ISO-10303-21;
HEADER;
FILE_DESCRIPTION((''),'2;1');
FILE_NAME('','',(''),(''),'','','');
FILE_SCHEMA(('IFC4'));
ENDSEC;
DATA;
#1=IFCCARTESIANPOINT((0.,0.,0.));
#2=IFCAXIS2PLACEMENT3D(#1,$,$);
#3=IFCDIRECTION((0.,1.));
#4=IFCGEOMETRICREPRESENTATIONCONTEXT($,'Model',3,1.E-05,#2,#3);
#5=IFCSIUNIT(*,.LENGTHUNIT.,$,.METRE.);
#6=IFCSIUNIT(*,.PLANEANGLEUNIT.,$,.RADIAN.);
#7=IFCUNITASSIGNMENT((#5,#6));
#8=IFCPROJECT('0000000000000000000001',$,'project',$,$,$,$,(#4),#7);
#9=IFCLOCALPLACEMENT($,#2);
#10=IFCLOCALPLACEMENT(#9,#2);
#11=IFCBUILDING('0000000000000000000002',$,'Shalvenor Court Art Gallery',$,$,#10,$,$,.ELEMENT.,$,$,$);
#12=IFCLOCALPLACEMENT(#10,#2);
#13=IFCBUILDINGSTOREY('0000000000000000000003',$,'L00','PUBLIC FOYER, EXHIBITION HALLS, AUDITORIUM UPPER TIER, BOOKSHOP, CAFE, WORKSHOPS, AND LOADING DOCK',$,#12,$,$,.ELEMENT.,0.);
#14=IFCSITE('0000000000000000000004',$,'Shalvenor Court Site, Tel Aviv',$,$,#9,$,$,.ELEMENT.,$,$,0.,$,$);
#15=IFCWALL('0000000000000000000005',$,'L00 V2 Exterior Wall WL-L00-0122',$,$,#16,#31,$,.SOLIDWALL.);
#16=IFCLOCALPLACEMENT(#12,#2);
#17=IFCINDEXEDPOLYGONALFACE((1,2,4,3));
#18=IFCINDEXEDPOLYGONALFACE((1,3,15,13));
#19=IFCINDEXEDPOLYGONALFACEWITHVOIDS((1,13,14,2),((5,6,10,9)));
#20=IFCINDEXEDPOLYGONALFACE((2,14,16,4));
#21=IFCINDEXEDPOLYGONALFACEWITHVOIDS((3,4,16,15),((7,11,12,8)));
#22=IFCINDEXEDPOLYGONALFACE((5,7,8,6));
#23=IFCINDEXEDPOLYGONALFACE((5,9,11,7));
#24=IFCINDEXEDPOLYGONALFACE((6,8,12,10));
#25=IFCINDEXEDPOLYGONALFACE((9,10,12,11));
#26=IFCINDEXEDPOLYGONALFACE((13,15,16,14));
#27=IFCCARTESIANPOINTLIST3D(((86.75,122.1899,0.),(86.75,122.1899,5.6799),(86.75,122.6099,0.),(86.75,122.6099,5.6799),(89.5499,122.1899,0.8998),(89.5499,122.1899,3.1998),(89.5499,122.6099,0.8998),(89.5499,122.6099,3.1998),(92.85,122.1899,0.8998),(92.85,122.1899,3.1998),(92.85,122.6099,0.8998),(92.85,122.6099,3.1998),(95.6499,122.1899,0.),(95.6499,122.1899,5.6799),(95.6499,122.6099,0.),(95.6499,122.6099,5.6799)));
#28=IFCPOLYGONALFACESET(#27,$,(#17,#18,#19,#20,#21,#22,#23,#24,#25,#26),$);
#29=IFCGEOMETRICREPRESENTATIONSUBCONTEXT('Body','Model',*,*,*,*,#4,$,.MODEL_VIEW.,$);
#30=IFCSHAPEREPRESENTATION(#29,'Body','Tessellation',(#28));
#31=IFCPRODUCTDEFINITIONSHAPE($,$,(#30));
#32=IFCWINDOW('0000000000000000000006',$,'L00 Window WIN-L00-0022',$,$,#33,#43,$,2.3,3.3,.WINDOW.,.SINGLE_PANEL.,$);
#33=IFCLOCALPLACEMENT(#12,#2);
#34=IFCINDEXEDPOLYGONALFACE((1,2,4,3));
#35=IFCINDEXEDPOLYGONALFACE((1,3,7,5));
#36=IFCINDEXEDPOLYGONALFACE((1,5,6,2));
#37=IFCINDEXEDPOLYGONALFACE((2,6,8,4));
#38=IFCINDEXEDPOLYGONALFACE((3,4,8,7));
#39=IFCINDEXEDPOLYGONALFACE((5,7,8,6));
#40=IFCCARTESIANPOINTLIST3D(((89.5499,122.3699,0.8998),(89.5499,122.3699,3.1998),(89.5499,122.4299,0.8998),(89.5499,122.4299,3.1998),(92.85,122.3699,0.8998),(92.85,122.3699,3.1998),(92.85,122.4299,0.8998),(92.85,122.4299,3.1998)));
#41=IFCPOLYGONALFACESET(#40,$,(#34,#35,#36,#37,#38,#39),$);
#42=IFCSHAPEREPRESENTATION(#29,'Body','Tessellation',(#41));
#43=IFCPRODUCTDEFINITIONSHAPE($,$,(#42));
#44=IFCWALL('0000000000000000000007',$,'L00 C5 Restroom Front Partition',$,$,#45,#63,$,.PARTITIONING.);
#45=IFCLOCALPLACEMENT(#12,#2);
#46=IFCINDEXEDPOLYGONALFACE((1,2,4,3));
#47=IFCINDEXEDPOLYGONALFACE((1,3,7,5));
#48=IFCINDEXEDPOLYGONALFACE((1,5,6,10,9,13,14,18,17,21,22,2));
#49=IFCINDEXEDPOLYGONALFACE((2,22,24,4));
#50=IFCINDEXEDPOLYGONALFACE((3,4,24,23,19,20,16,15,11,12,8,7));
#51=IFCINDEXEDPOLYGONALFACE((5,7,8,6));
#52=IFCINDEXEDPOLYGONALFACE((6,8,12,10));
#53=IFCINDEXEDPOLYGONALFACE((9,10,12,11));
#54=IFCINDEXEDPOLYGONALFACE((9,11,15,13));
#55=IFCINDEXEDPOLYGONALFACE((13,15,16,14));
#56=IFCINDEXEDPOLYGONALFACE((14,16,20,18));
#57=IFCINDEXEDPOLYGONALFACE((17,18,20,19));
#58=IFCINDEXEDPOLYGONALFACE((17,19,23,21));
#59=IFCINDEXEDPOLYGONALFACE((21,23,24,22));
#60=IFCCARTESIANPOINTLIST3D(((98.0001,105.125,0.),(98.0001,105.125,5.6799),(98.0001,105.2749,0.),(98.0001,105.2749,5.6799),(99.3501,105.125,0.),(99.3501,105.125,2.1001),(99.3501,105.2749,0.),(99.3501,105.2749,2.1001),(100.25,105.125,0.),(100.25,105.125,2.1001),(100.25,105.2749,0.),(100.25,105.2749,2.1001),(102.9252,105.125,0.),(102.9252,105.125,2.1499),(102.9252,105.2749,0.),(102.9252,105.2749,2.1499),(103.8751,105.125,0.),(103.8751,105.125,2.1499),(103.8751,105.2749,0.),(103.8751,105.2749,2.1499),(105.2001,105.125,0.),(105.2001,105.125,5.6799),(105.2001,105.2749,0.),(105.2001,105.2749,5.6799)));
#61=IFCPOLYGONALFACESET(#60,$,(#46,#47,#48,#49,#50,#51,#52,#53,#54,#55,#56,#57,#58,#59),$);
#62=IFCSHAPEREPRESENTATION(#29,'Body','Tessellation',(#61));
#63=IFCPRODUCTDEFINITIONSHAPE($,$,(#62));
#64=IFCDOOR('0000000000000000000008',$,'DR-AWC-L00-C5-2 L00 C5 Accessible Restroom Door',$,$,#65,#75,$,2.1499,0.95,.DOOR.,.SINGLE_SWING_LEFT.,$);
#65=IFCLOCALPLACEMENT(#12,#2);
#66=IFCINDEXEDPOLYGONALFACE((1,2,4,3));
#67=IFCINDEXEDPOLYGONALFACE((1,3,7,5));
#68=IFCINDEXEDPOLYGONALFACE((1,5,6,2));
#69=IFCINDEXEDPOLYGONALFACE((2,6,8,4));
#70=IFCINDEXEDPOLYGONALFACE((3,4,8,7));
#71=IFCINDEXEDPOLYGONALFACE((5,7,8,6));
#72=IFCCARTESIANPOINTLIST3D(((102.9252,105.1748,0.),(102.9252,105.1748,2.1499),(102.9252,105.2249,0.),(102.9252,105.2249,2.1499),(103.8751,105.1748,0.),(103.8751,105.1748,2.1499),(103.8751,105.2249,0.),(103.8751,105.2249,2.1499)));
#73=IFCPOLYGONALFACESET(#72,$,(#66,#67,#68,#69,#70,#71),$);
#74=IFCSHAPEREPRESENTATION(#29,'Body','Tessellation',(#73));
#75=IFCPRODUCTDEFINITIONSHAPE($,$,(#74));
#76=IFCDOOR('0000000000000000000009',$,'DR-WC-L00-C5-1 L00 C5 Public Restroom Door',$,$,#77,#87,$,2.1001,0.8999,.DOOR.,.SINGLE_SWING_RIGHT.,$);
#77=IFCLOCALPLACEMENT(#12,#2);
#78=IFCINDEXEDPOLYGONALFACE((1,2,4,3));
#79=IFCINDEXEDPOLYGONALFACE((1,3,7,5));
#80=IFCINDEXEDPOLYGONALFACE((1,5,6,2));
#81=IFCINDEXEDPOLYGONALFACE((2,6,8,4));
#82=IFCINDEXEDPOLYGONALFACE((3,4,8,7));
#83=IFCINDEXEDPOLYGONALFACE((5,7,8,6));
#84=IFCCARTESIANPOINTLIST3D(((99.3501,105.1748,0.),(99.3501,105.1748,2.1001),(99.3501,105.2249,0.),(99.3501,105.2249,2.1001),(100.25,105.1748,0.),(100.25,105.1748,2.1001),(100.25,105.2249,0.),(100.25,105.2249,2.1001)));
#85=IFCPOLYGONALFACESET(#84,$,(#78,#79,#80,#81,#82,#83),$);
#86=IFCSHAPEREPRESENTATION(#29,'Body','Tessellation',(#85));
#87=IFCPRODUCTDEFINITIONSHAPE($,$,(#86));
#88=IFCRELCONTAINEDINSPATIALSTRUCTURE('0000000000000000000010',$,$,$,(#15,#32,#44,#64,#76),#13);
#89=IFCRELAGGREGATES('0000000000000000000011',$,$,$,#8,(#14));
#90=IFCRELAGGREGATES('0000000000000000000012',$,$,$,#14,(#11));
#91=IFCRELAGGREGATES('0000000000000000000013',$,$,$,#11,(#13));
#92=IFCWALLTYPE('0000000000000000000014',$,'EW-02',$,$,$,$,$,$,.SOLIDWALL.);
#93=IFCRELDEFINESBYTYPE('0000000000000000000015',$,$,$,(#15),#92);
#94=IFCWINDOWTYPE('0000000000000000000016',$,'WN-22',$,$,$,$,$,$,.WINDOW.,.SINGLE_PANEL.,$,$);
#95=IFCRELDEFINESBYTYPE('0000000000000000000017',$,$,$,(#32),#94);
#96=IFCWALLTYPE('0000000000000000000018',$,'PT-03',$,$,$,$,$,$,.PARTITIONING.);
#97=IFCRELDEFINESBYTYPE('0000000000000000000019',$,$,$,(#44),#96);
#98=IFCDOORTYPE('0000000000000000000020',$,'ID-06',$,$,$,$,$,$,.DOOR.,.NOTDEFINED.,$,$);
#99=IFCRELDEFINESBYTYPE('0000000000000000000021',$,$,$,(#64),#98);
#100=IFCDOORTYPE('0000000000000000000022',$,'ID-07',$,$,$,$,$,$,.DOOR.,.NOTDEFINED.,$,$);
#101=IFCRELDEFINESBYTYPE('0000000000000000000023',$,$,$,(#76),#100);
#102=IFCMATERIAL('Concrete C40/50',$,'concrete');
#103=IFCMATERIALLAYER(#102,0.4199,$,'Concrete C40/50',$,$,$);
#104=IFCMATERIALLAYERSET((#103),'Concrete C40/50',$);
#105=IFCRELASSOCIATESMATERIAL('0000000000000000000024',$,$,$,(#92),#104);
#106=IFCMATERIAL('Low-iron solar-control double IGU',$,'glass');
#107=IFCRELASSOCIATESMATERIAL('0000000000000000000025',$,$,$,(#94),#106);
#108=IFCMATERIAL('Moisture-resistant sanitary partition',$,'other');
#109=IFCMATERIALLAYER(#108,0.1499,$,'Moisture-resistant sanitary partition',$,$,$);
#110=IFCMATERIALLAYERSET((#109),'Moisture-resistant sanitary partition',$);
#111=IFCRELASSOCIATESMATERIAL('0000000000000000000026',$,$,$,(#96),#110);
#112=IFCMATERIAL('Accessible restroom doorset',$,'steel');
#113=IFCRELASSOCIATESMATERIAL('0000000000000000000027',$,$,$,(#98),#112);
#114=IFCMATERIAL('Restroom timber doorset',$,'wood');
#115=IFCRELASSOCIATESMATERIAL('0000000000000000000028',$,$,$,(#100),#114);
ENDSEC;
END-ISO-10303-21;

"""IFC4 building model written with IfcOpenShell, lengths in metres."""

from ifc_helpers import new_model, si_unit, direction, frame, frame_2d, origin, place, context, subcontext, project, spatial, rectangle, extrude, material, layer, layer_set, type_object, element, fill, save


model = new_model("IFC4")

# Units and contexts
model_context = context("Model", 3, precision=1e-05, world=origin(), true_north=direction((0.0, 1.0)))
body_context = subcontext(model_context, "Body", "Model", "MODEL_VIEW")
ifc_project = project(units=[si_unit("LENGTHUNIT", "METRE"), si_unit("PLANEANGLEUNIT", "RADIAN")], contexts=[model_context])

# Site, building, storey
site_placement = place(None, origin())
site = spatial("IfcSite", under=ifc_project, at=site_placement, Name="Shalvenor Court Site, Tel Aviv", CompositionType="ELEMENT", RefElevation=0.0)
building_placement = place(site_placement, origin())
building = spatial("IfcBuilding", under=site, at=building_placement, Name="Shalvenor Court Art Gallery", CompositionType="ELEMENT")
storey_placement = place(building_placement, origin())
storey = spatial("IfcBuildingStorey", under=building, at=storey_placement, Name="L00", Description="PUBLIC FOYER, EXHIBITION HALLS, AUDITORIUM UPPER TIER, BOOKSHOP, CAFE, WORKSHOPS, AND LOADING DOCK", CompositionType="ELEMENT", Elevation=0.0)

# Wall, opening, window
ifc_material_1 = material(Name="Concrete C40/50", Category="concrete")
ifc_layer_1 = layer(ifc_material_1, 0.4199, Name="Concrete C40/50")
ifc_layer_set_1 = layer_set([ifc_layer_1], Name="Concrete C40/50")
wall_type_1 = type_object("IfcWallType", Name="EW-02", PredefinedType="SOLIDWALL", material=ifc_layer_set_1)
wall_1_placement = place(storey_placement, frame((86.75, 122.3999, 0.0), z_axis=(0.0, 0.0, 1.0), x_axis=(1.0, 0.0, 0.0)))
wall_1 = element("IfcWall", 1, at=wall_1_placement, inside=storey, type_object=wall_type_1, Name="L00 V2 Exterior Wall WL-L00-0122", PredefinedType="SOLIDWALL", context=body_context, shape_type="SweptSolid", body=[
    extrude(rectangle(XDim=8.8999, YDim=0.4199, at=frame_2d((4.45, 0.0))), origin(), (0.0, 0.0, 1.0), 5.6799),
])
opening_1_placement = place(wall_1_placement, frame((2.8, 0.0, 0.8999)))
opening_1 = element("IfcOpeningElement", 2, at=opening_1_placement, cuts=wall_1, PredefinedType="OPENING", context=body_context, shape_type="SweptSolid", body=[
    extrude(rectangle(XDim=3.3, YDim=2.3, at=frame_2d((1.6499, 1.1499))), frame((0.0, 0.22, 0.0), z_axis=(0.0, -1.0, 0.0), x_axis=(1.0, 0.0, 0.0)), (0.0, 0.0, 1.0), 0.4399),
])
ifc_material_2 = material(Name="Low-iron solar-control double IGU", Category="glass")
window_type = type_object("IfcWindowType", Name="WN-22", PartitioningType="SINGLE_PANEL", PredefinedType="WINDOW", material=ifc_material_2)
window_placement = place(opening_1_placement, origin())
window = element("IfcWindow", 3, at=window_placement, inside=storey, type_object=window_type, Name="L00 Window WIN-L00-0022", OverallHeight=2.3, OverallWidth=3.3, PartitioningType="SINGLE_PANEL", PredefinedType="WINDOW", context=body_context, shape_type="SweptSolid", body=[
    extrude(rectangle(XDim=3.3, YDim=2.3, at=frame_2d((1.6499, 1.1499))), frame((0.0, 0.03, 0.0), z_axis=(0.0, -1.0, 0.0), x_axis=(1.0, 0.0, 0.0)), (0.0, 0.0, 1.0), 0.0601),
])
fill(opening_1, window)

# Wall, openings, doors
ifc_material_3 = material(Name="Moisture-resistant sanitary partition", Category="other")
ifc_layer_2 = layer(ifc_material_3, 0.1499, Name="Moisture-resistant sanitary partition")
ifc_layer_set_2 = layer_set([ifc_layer_2], Name="Moisture-resistant sanitary partition")
wall_type_2 = type_object("IfcWallType", Name="PT-03", PredefinedType="PARTITIONING", material=ifc_layer_set_2)
wall_2_placement = place(storey_placement, frame((98.0, 105.2, 0.0), z_axis=(0.0, 0.0, 1.0), x_axis=(1.0, 0.0, 0.0)))
wall_2 = element("IfcWall", 4, at=wall_2_placement, inside=storey, type_object=wall_type_2, Name="L00 C5 Restroom Front Partition", PredefinedType="PARTITIONING", context=body_context, shape_type="SweptSolid", body=[
    extrude(rectangle(XDim=7.2, YDim=0.1499, at=frame_2d((3.6001, 0.0))), origin(), (0.0, 0.0, 1.0), 5.6799),
])
opening_2_placement = place(wall_2_placement, frame((1.3501, 0.0, 0.0)))
opening_2 = element("IfcOpeningElement", 5, at=opening_2_placement, cuts=wall_2, PredefinedType="OPENING", context=body_context, shape_type="SweptSolid", body=[
    extrude(rectangle(XDim=0.8999, YDim=2.1001, at=frame_2d((0.45, 1.05))), frame((0.0, 0.085, 0.0), z_axis=(0.0, -1.0, 0.0), x_axis=(1.0, 0.0, 0.0)), (0.0, 0.0, 1.0), 0.1699),
])
opening_3_placement = place(wall_2_placement, frame((4.925, 0.0, 0.0)))
opening_3 = element("IfcOpeningElement", 6, at=opening_3_placement, cuts=wall_2, PredefinedType="OPENING", context=body_context, shape_type="SweptSolid", body=[
    extrude(rectangle(XDim=0.95, YDim=2.1499, at=frame_2d((0.4751, 1.075))), frame((0.0, 0.085, 0.0), z_axis=(0.0, -1.0, 0.0), x_axis=(1.0, 0.0, 0.0)), (0.0, 0.0, 1.0), 0.1699),
])
ifc_material_4 = material(Name="Accessible restroom doorset", Category="steel")
door_type_1 = type_object("IfcDoorType", Name="ID-06", OperationType="NOTDEFINED", PredefinedType="DOOR", material=ifc_material_4)
door_1_placement = place(opening_3_placement, origin())
door_1 = element("IfcDoor", 7, at=door_1_placement, inside=storey, type_object=door_type_1, Name="DR-AWC-L00-C5-2 L00 C5 Accessible Restroom Door", OperationType="SINGLE_SWING_LEFT", OverallHeight=2.1499, OverallWidth=0.95, PredefinedType="DOOR", context=body_context, shape_type="SweptSolid", body=[
    extrude(rectangle(XDim=0.95, YDim=2.1499, at=frame_2d((0.4751, 1.075))), frame((0.0, 0.0249, 0.0), z_axis=(0.0, -1.0, 0.0), x_axis=(1.0, 0.0, 0.0)), (0.0, 0.0, 1.0), 0.05),
])
fill(opening_3, door_1)
ifc_material_5 = material(Name="Restroom timber doorset", Category="wood")
door_type_2 = type_object("IfcDoorType", Name="ID-07", OperationType="NOTDEFINED", PredefinedType="DOOR", material=ifc_material_5)
door_2_placement = place(opening_2_placement, origin())
door_2 = element("IfcDoor", 8, at=door_2_placement, inside=storey, type_object=door_type_2, Name="DR-WC-L00-C5-1 L00 C5 Public Restroom Door", OperationType="SINGLE_SWING_RIGHT", OverallHeight=2.1001, OverallWidth=0.8999, PredefinedType="DOOR", context=body_context, shape_type="SweptSolid", body=[
    extrude(rectangle(XDim=0.8999, YDim=2.1001, at=frame_2d((0.45, 1.05))), frame((0.0, 0.0249, 0.0), z_axis=(0.0, -1.0, 0.0), x_axis=(1.0, 0.0, 0.0)), (0.0, 0.0, 1.0), 0.05),
])
fill(opening_2, door_2)

save(model, "model.ifc")
